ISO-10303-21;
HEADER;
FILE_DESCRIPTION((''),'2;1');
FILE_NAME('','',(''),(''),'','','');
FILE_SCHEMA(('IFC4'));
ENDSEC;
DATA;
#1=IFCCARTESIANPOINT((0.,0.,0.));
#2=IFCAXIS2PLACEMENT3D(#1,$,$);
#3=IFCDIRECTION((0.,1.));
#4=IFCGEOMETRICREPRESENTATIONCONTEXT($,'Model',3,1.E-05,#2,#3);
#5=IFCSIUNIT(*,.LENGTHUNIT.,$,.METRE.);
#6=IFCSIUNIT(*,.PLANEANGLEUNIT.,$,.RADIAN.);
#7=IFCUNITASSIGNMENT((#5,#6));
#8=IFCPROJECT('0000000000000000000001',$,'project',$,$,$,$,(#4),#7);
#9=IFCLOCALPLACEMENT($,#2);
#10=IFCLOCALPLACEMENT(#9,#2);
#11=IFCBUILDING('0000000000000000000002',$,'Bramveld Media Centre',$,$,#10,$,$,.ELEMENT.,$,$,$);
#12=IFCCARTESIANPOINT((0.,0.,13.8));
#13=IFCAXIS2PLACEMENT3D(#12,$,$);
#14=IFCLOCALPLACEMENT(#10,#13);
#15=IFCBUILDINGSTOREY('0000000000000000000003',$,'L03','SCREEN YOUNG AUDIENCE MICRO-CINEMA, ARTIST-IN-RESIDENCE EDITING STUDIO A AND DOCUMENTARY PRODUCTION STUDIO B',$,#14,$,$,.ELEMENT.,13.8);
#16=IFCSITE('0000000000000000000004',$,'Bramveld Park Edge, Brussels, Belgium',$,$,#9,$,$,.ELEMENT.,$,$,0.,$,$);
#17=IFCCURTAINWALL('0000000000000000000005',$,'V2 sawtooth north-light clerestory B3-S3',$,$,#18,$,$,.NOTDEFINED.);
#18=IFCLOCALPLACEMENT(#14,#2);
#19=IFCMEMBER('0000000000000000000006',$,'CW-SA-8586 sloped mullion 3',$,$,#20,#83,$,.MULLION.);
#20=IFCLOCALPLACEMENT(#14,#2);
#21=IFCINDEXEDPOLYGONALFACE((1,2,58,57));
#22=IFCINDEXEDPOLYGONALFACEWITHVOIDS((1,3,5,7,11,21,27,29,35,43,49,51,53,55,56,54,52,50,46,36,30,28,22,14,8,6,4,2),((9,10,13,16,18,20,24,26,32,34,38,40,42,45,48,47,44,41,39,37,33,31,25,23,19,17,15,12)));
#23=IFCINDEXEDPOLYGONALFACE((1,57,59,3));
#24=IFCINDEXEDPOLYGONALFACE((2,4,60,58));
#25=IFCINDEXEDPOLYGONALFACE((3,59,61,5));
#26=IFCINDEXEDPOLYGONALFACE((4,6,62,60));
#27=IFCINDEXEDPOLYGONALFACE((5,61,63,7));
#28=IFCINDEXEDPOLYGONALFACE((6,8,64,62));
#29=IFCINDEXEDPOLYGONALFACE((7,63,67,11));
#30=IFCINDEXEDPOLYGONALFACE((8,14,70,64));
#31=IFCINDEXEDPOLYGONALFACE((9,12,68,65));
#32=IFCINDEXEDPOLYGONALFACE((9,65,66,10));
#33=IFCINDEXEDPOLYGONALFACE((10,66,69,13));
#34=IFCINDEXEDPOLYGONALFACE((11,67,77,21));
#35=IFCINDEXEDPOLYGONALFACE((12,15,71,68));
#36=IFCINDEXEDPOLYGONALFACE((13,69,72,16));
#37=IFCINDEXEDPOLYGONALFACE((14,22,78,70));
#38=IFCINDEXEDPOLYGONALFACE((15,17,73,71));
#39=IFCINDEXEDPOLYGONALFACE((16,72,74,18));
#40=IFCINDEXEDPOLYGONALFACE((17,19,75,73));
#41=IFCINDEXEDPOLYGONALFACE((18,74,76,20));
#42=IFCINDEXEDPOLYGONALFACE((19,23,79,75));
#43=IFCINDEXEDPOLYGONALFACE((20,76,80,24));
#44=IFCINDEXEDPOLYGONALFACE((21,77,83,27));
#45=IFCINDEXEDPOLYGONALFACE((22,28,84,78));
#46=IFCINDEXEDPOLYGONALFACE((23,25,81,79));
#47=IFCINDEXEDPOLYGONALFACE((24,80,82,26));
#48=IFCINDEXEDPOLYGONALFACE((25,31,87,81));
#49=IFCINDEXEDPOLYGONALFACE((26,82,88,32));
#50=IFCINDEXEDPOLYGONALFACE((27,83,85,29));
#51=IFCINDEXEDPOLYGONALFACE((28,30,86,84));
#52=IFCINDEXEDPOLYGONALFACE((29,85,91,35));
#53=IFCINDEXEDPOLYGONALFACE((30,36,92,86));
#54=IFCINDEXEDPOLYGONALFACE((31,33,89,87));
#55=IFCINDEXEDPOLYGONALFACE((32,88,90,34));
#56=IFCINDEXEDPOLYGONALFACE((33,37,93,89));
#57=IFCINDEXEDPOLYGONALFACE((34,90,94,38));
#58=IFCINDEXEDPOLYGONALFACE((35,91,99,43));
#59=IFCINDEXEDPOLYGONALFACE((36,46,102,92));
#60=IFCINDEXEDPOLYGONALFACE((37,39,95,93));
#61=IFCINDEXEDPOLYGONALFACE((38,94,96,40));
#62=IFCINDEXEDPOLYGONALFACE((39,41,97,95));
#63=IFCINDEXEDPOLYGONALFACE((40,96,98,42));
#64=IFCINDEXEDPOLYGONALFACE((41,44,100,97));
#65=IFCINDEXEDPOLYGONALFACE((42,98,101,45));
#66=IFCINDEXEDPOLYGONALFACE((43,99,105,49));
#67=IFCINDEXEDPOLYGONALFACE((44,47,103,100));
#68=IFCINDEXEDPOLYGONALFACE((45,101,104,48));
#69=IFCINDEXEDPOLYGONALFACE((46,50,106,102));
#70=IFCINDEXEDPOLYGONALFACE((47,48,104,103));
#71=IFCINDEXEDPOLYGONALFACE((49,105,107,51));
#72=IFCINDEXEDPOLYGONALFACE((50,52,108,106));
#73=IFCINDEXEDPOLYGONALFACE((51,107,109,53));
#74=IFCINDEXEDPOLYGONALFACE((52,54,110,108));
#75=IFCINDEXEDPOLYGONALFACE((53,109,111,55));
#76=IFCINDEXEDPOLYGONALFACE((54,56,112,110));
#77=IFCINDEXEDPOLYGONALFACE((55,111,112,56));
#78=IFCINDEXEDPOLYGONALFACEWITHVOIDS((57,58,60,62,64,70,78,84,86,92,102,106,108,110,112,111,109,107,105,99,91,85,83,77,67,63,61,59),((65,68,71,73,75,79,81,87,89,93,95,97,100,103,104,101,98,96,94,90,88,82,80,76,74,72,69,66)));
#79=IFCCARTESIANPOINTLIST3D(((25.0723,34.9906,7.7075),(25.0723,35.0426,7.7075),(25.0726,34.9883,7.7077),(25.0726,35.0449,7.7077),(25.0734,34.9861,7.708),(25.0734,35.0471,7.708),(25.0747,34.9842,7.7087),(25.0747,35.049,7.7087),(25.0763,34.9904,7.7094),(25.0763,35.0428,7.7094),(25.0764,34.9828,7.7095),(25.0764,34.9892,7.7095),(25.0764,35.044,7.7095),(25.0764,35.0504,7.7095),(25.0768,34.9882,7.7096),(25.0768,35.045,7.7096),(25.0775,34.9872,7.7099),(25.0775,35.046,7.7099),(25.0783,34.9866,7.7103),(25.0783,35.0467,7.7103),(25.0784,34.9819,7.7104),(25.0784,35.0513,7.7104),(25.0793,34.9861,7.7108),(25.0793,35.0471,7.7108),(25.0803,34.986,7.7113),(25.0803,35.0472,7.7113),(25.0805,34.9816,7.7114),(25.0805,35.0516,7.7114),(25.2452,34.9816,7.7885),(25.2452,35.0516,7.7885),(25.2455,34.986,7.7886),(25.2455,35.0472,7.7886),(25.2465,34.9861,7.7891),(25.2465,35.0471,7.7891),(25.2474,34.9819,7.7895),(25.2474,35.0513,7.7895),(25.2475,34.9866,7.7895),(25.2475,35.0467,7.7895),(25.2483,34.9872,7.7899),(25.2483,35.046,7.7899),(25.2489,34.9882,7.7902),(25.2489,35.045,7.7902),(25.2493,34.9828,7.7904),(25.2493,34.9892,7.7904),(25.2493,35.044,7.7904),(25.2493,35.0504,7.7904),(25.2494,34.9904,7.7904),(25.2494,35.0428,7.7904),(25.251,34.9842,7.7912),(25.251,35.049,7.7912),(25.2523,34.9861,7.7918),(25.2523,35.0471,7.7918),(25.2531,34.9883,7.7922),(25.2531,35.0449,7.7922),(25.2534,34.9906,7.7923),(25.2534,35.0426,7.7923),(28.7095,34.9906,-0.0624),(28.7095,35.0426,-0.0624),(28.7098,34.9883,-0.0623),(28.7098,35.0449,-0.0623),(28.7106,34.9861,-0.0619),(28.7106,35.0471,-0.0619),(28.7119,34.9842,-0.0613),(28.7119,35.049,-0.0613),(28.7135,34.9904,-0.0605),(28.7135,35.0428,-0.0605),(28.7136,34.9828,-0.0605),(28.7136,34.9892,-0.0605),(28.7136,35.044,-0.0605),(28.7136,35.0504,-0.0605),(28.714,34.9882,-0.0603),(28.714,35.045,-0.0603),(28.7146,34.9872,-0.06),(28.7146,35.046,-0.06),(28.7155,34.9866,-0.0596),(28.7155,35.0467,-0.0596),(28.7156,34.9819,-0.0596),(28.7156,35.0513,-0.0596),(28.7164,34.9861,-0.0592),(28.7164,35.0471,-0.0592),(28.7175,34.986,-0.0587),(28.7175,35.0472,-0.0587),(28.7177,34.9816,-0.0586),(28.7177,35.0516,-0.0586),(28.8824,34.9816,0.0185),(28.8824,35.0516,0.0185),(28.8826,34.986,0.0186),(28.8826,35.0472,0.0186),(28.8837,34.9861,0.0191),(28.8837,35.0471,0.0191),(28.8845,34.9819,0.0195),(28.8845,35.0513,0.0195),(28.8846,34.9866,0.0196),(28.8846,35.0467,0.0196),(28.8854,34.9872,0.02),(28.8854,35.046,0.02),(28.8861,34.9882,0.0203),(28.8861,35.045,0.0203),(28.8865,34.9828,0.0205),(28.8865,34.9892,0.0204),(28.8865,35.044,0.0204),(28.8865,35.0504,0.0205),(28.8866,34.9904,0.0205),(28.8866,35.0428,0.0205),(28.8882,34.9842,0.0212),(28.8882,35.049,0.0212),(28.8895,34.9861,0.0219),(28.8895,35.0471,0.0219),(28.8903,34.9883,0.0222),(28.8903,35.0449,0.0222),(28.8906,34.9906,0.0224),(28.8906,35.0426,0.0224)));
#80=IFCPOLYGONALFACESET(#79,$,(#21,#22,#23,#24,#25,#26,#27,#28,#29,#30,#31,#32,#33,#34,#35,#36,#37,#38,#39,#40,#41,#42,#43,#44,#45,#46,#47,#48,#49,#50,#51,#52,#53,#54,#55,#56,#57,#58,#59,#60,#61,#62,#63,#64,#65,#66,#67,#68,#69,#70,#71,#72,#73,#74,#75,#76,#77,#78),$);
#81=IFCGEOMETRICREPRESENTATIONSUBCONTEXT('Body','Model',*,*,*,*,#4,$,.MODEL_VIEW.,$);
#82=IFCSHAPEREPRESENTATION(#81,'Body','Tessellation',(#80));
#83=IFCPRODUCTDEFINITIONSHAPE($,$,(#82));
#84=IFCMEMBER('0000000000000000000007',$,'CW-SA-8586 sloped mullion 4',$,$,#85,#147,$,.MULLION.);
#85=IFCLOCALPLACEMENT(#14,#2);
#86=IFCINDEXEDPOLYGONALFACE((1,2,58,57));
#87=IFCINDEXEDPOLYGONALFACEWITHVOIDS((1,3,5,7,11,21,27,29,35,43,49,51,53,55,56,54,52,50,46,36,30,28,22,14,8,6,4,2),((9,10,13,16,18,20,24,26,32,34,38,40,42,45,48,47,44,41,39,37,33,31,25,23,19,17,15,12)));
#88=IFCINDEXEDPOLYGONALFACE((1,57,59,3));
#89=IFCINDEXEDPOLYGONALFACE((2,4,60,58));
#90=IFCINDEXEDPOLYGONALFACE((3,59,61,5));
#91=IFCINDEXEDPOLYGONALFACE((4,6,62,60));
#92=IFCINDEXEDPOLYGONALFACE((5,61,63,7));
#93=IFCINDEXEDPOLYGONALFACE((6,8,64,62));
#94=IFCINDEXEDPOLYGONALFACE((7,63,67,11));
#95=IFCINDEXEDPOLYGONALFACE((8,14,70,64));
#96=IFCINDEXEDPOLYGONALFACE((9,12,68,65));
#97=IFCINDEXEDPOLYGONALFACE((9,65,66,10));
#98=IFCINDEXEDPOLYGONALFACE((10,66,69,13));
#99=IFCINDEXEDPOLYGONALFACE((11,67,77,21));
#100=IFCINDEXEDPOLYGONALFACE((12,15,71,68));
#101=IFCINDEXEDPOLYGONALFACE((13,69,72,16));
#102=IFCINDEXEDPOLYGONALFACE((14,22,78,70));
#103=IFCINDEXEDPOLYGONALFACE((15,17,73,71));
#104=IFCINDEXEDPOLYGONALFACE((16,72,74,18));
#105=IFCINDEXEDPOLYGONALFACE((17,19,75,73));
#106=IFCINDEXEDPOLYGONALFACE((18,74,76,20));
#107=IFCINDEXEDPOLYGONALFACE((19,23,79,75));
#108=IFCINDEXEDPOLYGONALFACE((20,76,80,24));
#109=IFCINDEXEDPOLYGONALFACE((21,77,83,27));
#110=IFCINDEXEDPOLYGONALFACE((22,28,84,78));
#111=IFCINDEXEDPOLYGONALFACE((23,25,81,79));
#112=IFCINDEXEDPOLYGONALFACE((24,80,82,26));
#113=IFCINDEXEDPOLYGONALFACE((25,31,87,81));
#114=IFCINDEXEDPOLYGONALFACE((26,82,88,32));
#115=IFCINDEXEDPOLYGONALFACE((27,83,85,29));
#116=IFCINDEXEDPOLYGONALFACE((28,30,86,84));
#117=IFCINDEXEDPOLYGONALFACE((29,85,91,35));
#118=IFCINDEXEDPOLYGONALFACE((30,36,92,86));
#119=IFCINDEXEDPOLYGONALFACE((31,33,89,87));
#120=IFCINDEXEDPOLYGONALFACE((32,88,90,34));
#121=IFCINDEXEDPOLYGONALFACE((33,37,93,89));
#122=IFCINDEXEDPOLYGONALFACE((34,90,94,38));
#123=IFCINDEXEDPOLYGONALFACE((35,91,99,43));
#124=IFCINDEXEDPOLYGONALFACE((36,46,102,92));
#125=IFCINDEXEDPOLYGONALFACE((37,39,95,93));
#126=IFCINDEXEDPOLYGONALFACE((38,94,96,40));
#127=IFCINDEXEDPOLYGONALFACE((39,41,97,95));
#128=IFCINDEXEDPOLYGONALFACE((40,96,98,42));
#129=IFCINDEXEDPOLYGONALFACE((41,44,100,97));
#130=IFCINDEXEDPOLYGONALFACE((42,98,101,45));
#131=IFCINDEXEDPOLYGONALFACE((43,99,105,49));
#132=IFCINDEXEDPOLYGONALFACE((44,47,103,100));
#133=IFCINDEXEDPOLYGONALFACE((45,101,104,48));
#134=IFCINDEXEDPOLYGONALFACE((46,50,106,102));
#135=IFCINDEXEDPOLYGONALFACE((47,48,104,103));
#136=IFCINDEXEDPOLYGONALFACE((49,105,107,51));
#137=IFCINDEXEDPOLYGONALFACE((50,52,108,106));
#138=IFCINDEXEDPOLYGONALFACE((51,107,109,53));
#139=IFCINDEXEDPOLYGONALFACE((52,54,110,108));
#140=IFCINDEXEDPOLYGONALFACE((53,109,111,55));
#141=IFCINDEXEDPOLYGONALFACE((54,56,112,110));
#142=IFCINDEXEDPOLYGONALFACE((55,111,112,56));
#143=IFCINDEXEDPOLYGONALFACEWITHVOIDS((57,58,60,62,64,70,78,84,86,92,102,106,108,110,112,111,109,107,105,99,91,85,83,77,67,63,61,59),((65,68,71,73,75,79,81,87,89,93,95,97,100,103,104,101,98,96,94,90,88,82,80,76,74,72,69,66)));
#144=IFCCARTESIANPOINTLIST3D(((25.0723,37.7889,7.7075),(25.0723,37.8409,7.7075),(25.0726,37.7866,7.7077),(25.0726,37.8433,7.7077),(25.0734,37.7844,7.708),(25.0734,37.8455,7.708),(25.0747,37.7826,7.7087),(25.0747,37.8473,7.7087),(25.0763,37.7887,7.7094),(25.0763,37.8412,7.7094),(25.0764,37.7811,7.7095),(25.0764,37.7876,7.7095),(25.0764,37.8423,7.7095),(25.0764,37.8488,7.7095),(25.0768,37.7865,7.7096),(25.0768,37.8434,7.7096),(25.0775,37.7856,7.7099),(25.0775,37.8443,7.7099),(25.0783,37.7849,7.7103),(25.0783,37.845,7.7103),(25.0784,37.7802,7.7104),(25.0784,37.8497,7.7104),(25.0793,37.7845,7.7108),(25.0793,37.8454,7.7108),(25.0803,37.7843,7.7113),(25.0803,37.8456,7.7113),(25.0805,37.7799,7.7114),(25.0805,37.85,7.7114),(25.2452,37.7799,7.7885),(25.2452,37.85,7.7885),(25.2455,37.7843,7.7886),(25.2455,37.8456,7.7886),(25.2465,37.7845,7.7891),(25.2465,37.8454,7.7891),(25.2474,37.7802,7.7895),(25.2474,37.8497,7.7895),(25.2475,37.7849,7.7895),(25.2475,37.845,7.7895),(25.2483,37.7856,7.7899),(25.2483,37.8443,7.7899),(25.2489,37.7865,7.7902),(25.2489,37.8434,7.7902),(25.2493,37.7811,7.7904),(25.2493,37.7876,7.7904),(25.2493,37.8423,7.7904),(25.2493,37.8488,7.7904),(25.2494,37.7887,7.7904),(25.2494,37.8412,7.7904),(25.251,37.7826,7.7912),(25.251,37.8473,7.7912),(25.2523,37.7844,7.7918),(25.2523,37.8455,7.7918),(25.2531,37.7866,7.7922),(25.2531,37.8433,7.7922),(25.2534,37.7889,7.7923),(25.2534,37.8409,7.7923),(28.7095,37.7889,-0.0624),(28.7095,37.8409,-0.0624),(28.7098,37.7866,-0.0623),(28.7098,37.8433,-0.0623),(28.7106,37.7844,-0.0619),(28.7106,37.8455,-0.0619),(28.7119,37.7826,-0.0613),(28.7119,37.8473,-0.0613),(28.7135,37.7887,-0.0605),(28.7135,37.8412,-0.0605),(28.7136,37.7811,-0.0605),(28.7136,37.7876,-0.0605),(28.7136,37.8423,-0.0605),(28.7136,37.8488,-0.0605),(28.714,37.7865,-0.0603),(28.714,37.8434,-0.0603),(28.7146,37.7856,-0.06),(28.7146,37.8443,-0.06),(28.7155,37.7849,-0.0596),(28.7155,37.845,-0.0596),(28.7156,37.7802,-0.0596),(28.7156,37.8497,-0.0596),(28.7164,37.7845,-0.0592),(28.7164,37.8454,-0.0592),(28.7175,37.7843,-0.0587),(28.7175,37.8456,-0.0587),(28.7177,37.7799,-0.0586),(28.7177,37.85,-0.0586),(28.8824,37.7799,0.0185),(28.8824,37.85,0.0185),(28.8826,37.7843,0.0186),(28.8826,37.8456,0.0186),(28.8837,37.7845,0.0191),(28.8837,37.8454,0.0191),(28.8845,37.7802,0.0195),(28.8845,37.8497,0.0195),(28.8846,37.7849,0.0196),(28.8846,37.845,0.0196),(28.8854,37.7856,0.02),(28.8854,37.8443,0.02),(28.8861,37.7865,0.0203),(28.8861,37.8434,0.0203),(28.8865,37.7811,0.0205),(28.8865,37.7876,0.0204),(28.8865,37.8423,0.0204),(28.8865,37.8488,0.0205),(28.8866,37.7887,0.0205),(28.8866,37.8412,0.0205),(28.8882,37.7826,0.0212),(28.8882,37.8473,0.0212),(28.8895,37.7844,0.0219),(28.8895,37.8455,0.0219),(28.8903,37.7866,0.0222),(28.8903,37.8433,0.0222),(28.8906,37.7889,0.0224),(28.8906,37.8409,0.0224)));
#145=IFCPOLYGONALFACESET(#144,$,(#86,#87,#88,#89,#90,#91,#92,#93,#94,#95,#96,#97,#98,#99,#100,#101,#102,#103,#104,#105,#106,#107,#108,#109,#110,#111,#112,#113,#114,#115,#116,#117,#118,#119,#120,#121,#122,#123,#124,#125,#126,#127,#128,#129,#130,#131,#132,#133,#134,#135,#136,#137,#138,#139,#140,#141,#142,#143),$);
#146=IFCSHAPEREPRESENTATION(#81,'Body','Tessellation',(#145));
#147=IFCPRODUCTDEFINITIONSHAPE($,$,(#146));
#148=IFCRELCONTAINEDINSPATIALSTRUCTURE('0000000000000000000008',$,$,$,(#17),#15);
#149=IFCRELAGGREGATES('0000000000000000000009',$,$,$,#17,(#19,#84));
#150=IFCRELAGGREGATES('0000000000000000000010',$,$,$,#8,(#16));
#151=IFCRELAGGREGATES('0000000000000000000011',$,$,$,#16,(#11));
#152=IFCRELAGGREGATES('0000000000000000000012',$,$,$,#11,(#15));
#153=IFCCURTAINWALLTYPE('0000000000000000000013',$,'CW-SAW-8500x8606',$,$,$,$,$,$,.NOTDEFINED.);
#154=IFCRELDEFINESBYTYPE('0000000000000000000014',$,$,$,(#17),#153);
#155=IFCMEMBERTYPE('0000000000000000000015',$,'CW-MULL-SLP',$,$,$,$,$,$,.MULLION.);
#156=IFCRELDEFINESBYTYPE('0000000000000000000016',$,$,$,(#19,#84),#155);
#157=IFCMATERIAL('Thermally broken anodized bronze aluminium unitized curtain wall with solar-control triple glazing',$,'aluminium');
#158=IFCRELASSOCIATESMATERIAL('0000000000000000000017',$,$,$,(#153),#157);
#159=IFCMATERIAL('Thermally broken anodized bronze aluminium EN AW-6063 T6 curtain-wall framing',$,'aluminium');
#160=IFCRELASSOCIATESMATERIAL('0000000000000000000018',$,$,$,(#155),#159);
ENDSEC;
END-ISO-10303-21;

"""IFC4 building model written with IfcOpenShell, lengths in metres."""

from ifc_helpers import new_model, si_unit, direction, frame, origin, origin_2d, place, context, subcontext, project, spatial, hollow_rectangle, extrude, material, material_profile, profile_set, type_object, element, aggregate, save


model = new_model("IFC4")

# Units and contexts
model_context = context("Model", 3, precision=1e-05, world=origin(), true_north=direction((0.0, 1.0)))
body_context = subcontext(model_context, "Body", "Model", "MODEL_VIEW")
ifc_project = project(units=[si_unit("LENGTHUNIT", "METRE"), si_unit("PLANEANGLEUNIT", "RADIAN")], contexts=[model_context])

# Site, building, storey
site_placement = place(None, origin())
site = spatial("IfcSite", under=ifc_project, at=site_placement, Name="Bramveld Park Edge, Brussels, Belgium", CompositionType="ELEMENT", RefElevation=0.0)
building_placement = place(site_placement, origin())
building = spatial("IfcBuilding", under=site, at=building_placement, Name="Bramveld Media Centre", CompositionType="ELEMENT")
storey_placement = place(building_placement, frame((0.0, 0.0, 13.8)))
storey = spatial("IfcBuildingStorey", under=building, at=storey_placement, Name="L03", Description="SCREEN YOUNG AUDIENCE MICRO-CINEMA, ARTIST-IN-RESIDENCE EDITING STUDIO A AND DOCUMENTARY PRODUCTION STUDIO B", CompositionType="ELEMENT", Elevation=13.8)

# Curtain wall, members
ifc_material_1 = material(Name="Thermally broken anodized bronze aluminium unitized curtain wall with solar-control triple glazing", Category="aluminium")
curtain_wall_type_1 = type_object("IfcCurtainWallType", Name="CW-SAW-8500x8606", PredefinedType="NOTDEFINED", material=ifc_material_1)
curtain_wall_1_placement = place(storey_placement, origin())
curtain_wall_1 = element("IfcCurtainWall", 1, at=curtain_wall_1_placement, inside=storey, type_object=curtain_wall_type_1, Name="V2 sawtooth north-light clerestory B3-S3", PredefinedType="NOTDEFINED")
ifc_material_2 = material(Name="Thermally broken anodized bronze aluminium EN AW-6063 T6 curtain-wall framing", Category="aluminium")
ifc_material_profile_1 = material_profile(ifc_material_2, hollow_rectangle(XDim=0.0701, YDim=0.2, WallThickness=0.0044, InnerFilletRadius=0.0044, OuterFilletRadius=0.009, at=origin_2d()), Name="AL-MULL 70x200")
ifc_profile_set_1 = profile_set([ifc_material_profile_1], Name="Thermally broken anodized bronze aluminium EN AW-6063 T6 curtain-wall framing")
member_type_1 = type_object("IfcMemberType", Name="CW-MULL-SLP", PredefinedType="MULLION", material=ifc_profile_set_1)
member_1_placement = place(storey_placement, frame((28.8, 35.0166, -0.02), z_axis=(-0.423957, 0.0, 0.905682), x_axis=(0.0, -1.0, 0.0)))
member_1 = element("IfcMember", 2, at=member_1_placement, type_object=member_type_1, Name="CW-SA-8586 sloped mullion 3", PredefinedType="MULLION", context=body_context, shape_type="SweptSolid", body=[
    extrude(hollow_rectangle(XDim=0.0701, YDim=0.2, WallThickness=0.0044, InnerFilletRadius=0.0044, OuterFilletRadius=0.009, at=origin_2d()), origin(), (0.0, 0.0, 1.0), 8.5791),
])
member_2_placement = place(storey_placement, frame((28.8, 37.8149, -0.02), z_axis=(-0.423957, 0.0, 0.905682), x_axis=(0.0, -1.0, 0.0)))
member_2 = element("IfcMember", 3, at=member_2_placement, type_object=member_type_1, Name="CW-SA-8586 sloped mullion 4", PredefinedType="MULLION", context=body_context, shape_type="SweptSolid", body=[
    extrude(hollow_rectangle(XDim=0.0701, YDim=0.2, WallThickness=0.0044, InnerFilletRadius=0.0044, OuterFilletRadius=0.009, at=origin_2d()), origin(), (0.0, 0.0, 1.0), 8.5791),
])
aggregate(curtain_wall_1, [member_1, member_2])

save(model, "model.ifc")
